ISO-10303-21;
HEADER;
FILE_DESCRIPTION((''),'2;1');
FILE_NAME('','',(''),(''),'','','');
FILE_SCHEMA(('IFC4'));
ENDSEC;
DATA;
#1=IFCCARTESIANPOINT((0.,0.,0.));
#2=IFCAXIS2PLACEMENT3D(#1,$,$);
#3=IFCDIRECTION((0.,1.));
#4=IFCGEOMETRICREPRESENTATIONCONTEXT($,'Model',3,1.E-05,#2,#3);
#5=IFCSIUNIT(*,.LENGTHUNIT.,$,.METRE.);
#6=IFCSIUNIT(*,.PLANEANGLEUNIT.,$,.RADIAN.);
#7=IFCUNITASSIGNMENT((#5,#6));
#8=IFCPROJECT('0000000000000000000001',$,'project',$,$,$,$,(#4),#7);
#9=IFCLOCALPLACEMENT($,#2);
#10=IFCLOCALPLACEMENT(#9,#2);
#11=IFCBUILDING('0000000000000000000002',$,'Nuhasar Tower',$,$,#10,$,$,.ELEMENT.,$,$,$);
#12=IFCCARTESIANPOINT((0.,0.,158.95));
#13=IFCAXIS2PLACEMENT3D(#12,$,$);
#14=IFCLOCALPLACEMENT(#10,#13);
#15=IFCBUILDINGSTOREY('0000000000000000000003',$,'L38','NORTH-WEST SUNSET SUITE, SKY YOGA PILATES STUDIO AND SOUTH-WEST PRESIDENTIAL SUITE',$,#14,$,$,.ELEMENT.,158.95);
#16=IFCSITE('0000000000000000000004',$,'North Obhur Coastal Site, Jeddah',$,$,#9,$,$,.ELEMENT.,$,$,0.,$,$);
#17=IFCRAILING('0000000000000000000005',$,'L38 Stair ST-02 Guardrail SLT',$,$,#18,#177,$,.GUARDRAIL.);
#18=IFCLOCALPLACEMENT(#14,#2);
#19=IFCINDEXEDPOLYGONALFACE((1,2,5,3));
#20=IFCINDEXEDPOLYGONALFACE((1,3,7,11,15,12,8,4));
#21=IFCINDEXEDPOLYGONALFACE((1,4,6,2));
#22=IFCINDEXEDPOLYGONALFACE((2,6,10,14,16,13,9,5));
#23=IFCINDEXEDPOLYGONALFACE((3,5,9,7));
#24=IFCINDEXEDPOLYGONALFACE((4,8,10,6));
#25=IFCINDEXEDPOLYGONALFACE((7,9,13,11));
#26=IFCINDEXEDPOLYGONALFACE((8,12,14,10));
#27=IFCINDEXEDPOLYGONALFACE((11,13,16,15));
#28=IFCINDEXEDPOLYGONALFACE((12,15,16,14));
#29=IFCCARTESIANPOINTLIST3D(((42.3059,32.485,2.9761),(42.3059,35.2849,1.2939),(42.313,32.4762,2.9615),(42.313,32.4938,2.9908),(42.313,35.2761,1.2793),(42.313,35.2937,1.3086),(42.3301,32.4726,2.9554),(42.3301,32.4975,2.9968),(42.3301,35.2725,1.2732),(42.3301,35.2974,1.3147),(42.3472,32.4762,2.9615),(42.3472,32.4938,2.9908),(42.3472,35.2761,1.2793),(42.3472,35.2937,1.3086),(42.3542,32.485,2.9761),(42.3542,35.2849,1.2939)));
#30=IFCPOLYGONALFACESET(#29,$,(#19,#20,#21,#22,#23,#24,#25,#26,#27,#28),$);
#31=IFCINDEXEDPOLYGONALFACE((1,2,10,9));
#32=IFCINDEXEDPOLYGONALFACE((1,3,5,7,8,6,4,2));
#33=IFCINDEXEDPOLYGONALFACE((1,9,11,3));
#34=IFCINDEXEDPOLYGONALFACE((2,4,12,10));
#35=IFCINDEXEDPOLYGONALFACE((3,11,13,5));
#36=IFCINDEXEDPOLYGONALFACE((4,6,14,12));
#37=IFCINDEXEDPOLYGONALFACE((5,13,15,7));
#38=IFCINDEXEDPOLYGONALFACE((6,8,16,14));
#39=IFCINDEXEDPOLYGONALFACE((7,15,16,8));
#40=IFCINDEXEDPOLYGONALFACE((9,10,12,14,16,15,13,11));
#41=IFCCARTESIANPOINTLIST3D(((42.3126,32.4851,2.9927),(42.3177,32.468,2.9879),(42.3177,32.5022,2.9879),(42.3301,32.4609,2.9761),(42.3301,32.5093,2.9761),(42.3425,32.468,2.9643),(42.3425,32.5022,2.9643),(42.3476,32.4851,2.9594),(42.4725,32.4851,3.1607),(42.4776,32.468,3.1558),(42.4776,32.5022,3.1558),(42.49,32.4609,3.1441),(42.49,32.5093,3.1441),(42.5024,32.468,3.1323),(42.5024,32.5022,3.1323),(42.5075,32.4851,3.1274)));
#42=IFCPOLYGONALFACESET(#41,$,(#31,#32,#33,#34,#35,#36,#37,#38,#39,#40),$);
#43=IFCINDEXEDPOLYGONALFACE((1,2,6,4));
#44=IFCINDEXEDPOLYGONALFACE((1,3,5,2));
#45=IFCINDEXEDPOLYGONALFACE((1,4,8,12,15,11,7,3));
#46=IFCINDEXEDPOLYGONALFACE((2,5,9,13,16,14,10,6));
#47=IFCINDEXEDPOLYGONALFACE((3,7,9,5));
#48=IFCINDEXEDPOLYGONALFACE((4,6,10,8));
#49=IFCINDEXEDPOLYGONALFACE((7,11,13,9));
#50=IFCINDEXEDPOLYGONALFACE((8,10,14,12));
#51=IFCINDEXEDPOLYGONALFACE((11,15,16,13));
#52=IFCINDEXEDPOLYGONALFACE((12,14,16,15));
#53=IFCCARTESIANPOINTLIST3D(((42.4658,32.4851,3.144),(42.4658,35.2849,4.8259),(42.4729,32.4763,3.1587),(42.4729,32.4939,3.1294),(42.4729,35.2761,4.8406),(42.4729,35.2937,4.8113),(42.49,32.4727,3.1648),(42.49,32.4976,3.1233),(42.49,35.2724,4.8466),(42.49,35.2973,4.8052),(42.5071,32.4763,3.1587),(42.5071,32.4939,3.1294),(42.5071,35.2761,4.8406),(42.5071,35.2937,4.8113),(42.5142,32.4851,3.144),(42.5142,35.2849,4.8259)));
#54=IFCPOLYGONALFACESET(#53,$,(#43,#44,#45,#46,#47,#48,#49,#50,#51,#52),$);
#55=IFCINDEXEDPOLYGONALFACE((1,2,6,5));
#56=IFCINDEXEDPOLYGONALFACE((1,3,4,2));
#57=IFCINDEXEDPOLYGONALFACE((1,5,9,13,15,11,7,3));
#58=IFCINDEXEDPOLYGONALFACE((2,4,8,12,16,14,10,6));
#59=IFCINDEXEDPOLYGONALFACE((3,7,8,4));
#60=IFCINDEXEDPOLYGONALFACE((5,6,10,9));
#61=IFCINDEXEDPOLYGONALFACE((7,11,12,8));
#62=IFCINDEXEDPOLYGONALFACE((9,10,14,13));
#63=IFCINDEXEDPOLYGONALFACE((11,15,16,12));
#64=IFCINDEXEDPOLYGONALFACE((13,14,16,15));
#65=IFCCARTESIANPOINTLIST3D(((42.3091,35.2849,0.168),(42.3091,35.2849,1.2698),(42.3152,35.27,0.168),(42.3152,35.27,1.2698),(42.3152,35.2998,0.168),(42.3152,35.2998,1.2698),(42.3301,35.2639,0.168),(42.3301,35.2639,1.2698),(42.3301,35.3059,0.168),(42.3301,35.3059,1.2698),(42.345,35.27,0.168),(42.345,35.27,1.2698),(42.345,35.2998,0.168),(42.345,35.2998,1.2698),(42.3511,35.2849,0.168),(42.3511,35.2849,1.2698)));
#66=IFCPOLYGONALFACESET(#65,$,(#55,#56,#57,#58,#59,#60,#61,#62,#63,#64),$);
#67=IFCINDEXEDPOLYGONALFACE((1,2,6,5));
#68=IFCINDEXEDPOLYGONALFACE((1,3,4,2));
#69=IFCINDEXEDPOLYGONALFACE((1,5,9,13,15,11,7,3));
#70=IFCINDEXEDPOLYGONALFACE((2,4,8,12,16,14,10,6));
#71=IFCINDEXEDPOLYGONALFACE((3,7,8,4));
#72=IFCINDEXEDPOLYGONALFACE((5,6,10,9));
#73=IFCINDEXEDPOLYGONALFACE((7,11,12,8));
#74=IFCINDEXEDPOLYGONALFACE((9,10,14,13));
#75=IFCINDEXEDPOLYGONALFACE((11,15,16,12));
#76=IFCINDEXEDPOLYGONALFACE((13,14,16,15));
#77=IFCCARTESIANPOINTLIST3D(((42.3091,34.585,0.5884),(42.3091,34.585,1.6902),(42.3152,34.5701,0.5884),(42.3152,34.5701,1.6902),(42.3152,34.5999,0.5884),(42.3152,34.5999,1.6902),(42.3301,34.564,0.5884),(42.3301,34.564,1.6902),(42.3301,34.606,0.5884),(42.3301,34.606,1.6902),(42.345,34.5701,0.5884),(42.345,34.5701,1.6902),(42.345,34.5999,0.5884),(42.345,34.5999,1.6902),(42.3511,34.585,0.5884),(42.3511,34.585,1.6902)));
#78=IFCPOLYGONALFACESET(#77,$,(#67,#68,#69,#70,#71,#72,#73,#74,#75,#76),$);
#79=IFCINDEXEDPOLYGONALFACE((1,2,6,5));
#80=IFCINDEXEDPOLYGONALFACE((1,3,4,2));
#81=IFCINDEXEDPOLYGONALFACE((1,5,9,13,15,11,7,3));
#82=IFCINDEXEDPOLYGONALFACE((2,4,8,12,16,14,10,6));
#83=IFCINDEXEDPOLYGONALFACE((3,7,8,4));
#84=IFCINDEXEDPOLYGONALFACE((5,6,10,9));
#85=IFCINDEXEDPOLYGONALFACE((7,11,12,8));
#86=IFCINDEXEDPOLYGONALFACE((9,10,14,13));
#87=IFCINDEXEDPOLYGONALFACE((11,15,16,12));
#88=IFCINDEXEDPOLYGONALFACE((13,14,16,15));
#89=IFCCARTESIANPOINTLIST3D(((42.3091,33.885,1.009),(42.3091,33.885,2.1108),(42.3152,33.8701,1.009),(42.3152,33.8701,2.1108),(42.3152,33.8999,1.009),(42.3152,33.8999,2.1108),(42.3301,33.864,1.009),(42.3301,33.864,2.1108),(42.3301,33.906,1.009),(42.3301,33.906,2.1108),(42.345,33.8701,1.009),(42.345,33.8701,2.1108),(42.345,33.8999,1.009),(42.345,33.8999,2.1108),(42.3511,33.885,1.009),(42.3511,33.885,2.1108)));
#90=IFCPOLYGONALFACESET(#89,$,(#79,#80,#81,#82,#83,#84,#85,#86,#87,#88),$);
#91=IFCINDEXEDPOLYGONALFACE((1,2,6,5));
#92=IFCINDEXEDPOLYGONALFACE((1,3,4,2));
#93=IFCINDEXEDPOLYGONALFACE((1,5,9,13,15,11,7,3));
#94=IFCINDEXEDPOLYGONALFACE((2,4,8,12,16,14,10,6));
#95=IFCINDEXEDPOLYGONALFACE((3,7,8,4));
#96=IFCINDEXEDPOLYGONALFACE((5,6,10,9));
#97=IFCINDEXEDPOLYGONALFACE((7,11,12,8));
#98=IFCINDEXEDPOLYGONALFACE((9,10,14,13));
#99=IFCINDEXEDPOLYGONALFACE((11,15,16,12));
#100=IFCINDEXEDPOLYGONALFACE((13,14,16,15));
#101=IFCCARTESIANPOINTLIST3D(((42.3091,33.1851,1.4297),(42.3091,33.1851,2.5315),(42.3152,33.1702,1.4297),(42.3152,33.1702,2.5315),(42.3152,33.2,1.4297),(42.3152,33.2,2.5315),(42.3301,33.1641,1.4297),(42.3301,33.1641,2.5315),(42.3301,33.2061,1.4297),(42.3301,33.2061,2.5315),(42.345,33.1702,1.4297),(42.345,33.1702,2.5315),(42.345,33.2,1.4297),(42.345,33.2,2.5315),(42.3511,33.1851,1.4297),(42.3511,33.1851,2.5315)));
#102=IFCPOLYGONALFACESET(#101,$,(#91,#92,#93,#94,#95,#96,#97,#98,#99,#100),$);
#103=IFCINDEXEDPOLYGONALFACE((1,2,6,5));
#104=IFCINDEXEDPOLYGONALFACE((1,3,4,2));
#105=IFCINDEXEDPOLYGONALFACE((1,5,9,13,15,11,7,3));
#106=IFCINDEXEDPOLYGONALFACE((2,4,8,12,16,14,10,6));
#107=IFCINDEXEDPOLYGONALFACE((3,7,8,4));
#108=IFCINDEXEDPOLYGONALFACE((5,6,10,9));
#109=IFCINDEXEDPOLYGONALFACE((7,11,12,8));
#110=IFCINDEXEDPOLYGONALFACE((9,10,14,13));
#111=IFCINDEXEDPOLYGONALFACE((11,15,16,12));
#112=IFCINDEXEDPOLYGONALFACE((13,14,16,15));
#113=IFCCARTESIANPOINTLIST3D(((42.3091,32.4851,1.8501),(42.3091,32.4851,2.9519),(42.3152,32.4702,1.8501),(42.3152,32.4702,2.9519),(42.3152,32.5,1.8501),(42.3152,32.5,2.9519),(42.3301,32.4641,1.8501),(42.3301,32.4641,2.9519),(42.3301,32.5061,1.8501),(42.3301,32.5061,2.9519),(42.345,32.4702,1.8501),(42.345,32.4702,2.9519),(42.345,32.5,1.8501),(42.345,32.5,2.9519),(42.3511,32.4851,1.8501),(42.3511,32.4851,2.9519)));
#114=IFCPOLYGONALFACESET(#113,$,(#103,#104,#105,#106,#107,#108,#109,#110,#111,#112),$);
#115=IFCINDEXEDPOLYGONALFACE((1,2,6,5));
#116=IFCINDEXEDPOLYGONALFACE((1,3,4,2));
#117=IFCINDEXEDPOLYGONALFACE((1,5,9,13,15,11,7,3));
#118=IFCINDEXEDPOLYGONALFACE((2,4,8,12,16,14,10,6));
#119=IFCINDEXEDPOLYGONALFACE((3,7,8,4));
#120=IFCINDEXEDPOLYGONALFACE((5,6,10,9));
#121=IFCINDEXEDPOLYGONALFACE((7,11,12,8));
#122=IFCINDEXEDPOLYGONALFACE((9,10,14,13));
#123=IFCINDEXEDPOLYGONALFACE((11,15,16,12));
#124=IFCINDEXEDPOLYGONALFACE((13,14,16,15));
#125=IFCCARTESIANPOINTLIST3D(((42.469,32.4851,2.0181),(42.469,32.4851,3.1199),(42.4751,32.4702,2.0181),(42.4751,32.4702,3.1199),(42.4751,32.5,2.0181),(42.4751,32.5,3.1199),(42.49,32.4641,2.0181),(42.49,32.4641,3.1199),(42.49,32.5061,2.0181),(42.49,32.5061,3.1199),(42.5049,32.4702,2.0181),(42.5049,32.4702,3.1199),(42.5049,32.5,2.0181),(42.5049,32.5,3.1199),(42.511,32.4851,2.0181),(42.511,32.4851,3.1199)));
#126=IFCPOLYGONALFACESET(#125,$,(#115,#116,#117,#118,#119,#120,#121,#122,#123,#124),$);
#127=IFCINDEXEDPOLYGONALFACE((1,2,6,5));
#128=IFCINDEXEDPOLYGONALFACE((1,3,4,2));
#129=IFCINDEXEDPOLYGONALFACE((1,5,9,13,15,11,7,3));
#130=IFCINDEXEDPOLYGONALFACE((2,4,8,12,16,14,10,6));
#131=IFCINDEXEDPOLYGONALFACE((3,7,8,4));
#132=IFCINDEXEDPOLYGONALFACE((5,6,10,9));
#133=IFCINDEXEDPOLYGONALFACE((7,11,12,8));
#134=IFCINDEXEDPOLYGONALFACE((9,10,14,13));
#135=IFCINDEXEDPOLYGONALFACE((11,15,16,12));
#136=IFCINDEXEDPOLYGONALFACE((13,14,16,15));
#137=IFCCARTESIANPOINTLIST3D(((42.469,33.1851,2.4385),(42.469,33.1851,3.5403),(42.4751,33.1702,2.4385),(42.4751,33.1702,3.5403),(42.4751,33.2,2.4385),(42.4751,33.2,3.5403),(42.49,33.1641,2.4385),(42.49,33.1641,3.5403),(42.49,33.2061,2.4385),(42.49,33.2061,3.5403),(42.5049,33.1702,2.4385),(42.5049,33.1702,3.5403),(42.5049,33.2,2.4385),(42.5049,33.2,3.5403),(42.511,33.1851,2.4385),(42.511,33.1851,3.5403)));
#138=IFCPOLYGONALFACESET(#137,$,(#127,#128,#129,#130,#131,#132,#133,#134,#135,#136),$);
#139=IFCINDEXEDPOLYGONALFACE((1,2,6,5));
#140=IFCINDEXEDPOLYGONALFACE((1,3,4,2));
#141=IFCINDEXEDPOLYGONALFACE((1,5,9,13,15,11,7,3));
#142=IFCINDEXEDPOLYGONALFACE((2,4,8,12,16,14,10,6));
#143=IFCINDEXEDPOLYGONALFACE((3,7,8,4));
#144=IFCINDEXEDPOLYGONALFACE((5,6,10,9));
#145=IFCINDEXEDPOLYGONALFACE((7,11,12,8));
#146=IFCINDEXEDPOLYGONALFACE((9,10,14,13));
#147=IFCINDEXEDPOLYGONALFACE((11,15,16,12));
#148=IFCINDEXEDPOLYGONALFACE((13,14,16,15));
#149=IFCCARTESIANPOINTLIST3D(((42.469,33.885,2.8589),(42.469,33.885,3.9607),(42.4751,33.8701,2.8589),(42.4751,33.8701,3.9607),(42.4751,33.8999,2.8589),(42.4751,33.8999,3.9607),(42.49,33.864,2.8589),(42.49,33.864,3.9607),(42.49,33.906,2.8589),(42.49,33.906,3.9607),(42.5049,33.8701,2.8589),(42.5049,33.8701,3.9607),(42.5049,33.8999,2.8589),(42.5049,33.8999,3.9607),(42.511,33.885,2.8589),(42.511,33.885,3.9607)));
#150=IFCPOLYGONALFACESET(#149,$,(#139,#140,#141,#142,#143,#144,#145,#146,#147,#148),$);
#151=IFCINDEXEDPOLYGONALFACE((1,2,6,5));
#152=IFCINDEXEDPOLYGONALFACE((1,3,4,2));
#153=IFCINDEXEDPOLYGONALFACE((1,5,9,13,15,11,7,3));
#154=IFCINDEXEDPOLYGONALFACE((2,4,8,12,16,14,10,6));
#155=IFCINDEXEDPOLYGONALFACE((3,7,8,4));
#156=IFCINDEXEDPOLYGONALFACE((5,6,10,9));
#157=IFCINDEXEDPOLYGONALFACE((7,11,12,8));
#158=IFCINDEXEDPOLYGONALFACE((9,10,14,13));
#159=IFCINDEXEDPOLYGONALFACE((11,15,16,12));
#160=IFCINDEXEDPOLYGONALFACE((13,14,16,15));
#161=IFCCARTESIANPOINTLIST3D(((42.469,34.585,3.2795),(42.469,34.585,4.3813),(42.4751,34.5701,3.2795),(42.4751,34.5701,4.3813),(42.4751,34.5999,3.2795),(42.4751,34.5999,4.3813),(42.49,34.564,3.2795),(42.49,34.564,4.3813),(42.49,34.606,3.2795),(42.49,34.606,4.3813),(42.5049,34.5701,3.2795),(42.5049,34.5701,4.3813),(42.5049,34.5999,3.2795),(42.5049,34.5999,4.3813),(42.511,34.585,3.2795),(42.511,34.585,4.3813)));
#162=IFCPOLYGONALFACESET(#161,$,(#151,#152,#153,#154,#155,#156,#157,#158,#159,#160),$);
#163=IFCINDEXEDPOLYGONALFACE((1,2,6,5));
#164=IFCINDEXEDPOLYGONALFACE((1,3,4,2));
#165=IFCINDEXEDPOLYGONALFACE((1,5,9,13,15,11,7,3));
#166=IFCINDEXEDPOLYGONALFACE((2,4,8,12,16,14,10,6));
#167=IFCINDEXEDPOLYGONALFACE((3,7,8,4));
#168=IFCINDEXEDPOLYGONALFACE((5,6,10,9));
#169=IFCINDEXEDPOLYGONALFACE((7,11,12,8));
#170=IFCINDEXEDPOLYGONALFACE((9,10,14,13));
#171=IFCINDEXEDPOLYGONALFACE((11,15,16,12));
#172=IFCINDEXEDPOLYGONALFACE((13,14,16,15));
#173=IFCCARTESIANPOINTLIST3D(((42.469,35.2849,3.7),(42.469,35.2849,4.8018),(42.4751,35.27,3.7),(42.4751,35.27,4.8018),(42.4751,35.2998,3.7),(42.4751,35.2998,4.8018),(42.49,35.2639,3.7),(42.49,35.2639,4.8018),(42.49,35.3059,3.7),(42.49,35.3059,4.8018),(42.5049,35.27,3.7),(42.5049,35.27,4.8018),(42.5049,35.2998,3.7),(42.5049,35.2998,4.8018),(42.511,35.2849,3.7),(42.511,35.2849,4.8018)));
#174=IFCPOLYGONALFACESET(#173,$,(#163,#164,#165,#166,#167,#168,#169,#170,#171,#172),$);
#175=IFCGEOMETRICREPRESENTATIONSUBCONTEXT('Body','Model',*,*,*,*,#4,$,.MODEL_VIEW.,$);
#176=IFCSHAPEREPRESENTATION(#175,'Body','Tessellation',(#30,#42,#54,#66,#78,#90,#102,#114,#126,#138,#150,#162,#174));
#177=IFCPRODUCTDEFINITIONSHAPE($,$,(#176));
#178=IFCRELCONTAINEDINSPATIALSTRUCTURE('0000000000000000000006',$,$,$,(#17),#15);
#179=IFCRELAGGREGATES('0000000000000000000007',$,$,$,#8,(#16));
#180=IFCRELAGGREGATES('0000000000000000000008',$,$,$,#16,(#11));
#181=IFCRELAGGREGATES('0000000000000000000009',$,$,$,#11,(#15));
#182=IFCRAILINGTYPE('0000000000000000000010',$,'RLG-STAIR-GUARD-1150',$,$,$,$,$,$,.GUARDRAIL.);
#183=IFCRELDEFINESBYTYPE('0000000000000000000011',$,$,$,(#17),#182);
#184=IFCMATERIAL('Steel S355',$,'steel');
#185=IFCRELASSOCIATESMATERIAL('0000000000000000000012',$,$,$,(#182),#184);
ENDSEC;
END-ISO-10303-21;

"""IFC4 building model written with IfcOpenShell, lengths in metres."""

from ifc_helpers import new_model, si_unit, direction, frame, origin, place, context, subcontext, project, spatial, polyline, outline, extrude, material, type_object, element, save


model = new_model("IFC4")

# Units and contexts
model_context = context("Model", 3, precision=1e-05, world=origin(), true_north=direction((0.0, 1.0)))
body_context = subcontext(model_context, "Body", "Model", "MODEL_VIEW")
ifc_project = project(units=[si_unit("LENGTHUNIT", "METRE"), si_unit("PLANEANGLEUNIT", "RADIAN")], contexts=[model_context])

# Site, building, storey
site_placement = place(None, origin())
site = spatial("IfcSite", under=ifc_project, at=site_placement, Name="North Obhur Coastal Site, Jeddah", CompositionType="ELEMENT", RefElevation=0.0)
building_placement = place(site_placement, origin())
building = spatial("IfcBuilding", under=site, at=building_placement, Name="Nuhasar Tower", CompositionType="ELEMENT")
storey_placement = place(building_placement, frame((0.0, 0.0, 158.95)))
storey = spatial("IfcBuildingStorey", under=building, at=storey_placement, Name="L38", Description="NORTH-WEST SUNSET SUITE, SKY YOGA PILATES STUDIO AND SOUTH-WEST PRESIDENTIAL SUITE", CompositionType="ELEMENT", Elevation=158.95)

# Shared definitions
ifc_material_1 = material(Name="Steel S355", Category="steel")

# Railing
railing_type_1 = type_object("IfcRailingType", Name="RLG-STAIR-GUARD-1150", PredefinedType="GUARDRAIL", material=ifc_material_1)
railing_1_placement = place(storey_placement, frame((42.3301, 35.2849, 0.168)))
element("IfcRailing", 1, at=railing_1_placement, inside=storey, type_object=railing_type_1, Name="L38 Stair ST-02 Guardrail SLT", PredefinedType="GUARDRAIL", context=body_context, shape_type="SweptSolid", body=[
    extrude(outline(polyline([(0.0242, 0.0), (0.0171, 0.0171), (0.0, 0.0242), (-0.0171, 0.0171), (-0.0242, 0.0), (-0.0171, -0.0171), (0.0, -0.0242), (0.0171, -0.0171), (0.0242, 0.0)])), frame((0.0, 0.0, 1.126), z_axis=(0.0, -0.857189, 0.515001), x_axis=(1.0, 0.0, 0.0)), (0.0, 0.0, 1.0), 3.2664),
    extrude(outline(polyline([(0.0242, 0.0), (0.0171, 0.0171), (0.0, 0.0242), (-0.0171, 0.0171), (-0.0242, 0.0), (-0.0171, -0.0171), (0.0, -0.0242), (0.0171, -0.0171), (0.0242, 0.0)])), frame((0.0, -2.7998, 2.8081), z_axis=(0.689524, 0.0, 0.724263), x_axis=(0.0, 1.0, 0.0)), (0.0, 0.0, 1.0), 0.2319),
    extrude(outline(polyline([(0.0242, 0.0), (0.0171, 0.0171), (0.0, 0.0242), (-0.0171, 0.0171), (-0.0242, 0.0), (-0.0171, -0.0171), (0.0, -0.0242), (0.0171, -0.0171), (0.0242, 0.0)])), frame((0.1599, -2.7998, 2.9761), z_axis=(0.0, 0.857222, 0.514946), x_axis=(-1.0, 0.0, 0.0)), (0.0, 0.0, 1.0), 3.2661),
    extrude(outline(polyline([(0.021, 0.0), (0.0149, 0.0149), (0.0, 0.021), (-0.0149, 0.0149), (-0.021, 0.0), (-0.0149, -0.0149), (0.0, -0.021), (0.0149, -0.0149), (0.021, 0.0)])), origin(), (0.0, 0.0, 1.0), 1.1018),
    extrude(outline(polyline([(0.021, 0.0), (0.0149, 0.0149), (0.0, 0.021), (-0.0149, 0.0149), (-0.021, 0.0), (-0.0149, -0.0149), (0.0, -0.021), (0.0149, -0.0149), (0.021, 0.0)])), frame((0.0, -0.7, 0.4204)), (0.0, 0.0, 1.0), 1.1018),
    extrude(outline(polyline([(0.021, 0.0), (0.0149, 0.0149), (0.0, 0.021), (-0.0149, 0.0149), (-0.021, 0.0), (-0.0149, -0.0149), (0.0, -0.021), (0.0149, -0.0149), (0.021, 0.0)])), frame((0.0, -1.3999, 0.8411)), (0.0, 0.0, 1.0), 1.1018),
    extrude(outline(polyline([(0.021, 0.0), (0.0149, 0.0149), (0.0, 0.021), (-0.0149, 0.0149), (-0.021, 0.0), (-0.0149, -0.0149), (0.0, -0.021), (0.0149, -0.0149), (0.021, 0.0)])), frame((0.0, -2.0999, 1.2617)), (0.0, 0.0, 1.0), 1.1018),
    extrude(outline(polyline([(0.021, 0.0), (0.0149, 0.0149), (0.0, 0.021), (-0.0149, 0.0149), (-0.021, 0.0), (-0.0149, -0.0149), (0.0, -0.021), (0.0149, -0.0149), (0.021, 0.0)])), frame((0.0, -2.7998, 1.6821)), (0.0, 0.0, 1.0), 1.1018),
    extrude(outline(polyline([(0.021, 0.0), (0.0149, 0.0149), (0.0, 0.021), (-0.0149, 0.0149), (-0.021, 0.0), (-0.0149, -0.0149), (0.0, -0.021), (0.0149, -0.0149), (0.021, 0.0)])), frame((0.1599, -2.7998, 1.8501)), (0.0, 0.0, 1.0), 1.1018),
    extrude(outline(polyline([(0.021, 0.0), (0.0149, 0.0149), (0.0, 0.021), (-0.0149, 0.0149), (-0.021, 0.0), (-0.0149, -0.0149), (0.0, -0.021), (0.0149, -0.0149), (0.021, 0.0)])), frame((0.1599, -2.0999, 2.2705)), (0.0, 0.0, 1.0), 1.1018),
    extrude(outline(polyline([(0.021, 0.0), (0.0149, 0.0149), (0.0, 0.021), (-0.0149, 0.0149), (-0.021, 0.0), (-0.0149, -0.0149), (0.0, -0.021), (0.0149, -0.0149), (0.021, 0.0)])), frame((0.1599, -1.3999, 2.6909)), (0.0, 0.0, 1.0), 1.1018),
    extrude(outline(polyline([(0.021, 0.0), (0.0149, 0.0149), (0.0, 0.021), (-0.0149, 0.0149), (-0.021, 0.0), (-0.0149, -0.0149), (0.0, -0.021), (0.0149, -0.0149), (0.021, 0.0)])), frame((0.1599, -0.7, 3.1116)), (0.0, 0.0, 1.0), 1.1018),
    extrude(outline(polyline([(0.021, 0.0), (0.0149, 0.0149), (0.0, 0.021), (-0.0149, 0.0149), (-0.021, 0.0), (-0.0149, -0.0149), (0.0, -0.021), (0.0149, -0.0149), (0.021, 0.0)])), frame((0.1599, 0.0, 3.532)), (0.0, 0.0, 1.0), 1.1018),
])

save(model, "model.ifc")
